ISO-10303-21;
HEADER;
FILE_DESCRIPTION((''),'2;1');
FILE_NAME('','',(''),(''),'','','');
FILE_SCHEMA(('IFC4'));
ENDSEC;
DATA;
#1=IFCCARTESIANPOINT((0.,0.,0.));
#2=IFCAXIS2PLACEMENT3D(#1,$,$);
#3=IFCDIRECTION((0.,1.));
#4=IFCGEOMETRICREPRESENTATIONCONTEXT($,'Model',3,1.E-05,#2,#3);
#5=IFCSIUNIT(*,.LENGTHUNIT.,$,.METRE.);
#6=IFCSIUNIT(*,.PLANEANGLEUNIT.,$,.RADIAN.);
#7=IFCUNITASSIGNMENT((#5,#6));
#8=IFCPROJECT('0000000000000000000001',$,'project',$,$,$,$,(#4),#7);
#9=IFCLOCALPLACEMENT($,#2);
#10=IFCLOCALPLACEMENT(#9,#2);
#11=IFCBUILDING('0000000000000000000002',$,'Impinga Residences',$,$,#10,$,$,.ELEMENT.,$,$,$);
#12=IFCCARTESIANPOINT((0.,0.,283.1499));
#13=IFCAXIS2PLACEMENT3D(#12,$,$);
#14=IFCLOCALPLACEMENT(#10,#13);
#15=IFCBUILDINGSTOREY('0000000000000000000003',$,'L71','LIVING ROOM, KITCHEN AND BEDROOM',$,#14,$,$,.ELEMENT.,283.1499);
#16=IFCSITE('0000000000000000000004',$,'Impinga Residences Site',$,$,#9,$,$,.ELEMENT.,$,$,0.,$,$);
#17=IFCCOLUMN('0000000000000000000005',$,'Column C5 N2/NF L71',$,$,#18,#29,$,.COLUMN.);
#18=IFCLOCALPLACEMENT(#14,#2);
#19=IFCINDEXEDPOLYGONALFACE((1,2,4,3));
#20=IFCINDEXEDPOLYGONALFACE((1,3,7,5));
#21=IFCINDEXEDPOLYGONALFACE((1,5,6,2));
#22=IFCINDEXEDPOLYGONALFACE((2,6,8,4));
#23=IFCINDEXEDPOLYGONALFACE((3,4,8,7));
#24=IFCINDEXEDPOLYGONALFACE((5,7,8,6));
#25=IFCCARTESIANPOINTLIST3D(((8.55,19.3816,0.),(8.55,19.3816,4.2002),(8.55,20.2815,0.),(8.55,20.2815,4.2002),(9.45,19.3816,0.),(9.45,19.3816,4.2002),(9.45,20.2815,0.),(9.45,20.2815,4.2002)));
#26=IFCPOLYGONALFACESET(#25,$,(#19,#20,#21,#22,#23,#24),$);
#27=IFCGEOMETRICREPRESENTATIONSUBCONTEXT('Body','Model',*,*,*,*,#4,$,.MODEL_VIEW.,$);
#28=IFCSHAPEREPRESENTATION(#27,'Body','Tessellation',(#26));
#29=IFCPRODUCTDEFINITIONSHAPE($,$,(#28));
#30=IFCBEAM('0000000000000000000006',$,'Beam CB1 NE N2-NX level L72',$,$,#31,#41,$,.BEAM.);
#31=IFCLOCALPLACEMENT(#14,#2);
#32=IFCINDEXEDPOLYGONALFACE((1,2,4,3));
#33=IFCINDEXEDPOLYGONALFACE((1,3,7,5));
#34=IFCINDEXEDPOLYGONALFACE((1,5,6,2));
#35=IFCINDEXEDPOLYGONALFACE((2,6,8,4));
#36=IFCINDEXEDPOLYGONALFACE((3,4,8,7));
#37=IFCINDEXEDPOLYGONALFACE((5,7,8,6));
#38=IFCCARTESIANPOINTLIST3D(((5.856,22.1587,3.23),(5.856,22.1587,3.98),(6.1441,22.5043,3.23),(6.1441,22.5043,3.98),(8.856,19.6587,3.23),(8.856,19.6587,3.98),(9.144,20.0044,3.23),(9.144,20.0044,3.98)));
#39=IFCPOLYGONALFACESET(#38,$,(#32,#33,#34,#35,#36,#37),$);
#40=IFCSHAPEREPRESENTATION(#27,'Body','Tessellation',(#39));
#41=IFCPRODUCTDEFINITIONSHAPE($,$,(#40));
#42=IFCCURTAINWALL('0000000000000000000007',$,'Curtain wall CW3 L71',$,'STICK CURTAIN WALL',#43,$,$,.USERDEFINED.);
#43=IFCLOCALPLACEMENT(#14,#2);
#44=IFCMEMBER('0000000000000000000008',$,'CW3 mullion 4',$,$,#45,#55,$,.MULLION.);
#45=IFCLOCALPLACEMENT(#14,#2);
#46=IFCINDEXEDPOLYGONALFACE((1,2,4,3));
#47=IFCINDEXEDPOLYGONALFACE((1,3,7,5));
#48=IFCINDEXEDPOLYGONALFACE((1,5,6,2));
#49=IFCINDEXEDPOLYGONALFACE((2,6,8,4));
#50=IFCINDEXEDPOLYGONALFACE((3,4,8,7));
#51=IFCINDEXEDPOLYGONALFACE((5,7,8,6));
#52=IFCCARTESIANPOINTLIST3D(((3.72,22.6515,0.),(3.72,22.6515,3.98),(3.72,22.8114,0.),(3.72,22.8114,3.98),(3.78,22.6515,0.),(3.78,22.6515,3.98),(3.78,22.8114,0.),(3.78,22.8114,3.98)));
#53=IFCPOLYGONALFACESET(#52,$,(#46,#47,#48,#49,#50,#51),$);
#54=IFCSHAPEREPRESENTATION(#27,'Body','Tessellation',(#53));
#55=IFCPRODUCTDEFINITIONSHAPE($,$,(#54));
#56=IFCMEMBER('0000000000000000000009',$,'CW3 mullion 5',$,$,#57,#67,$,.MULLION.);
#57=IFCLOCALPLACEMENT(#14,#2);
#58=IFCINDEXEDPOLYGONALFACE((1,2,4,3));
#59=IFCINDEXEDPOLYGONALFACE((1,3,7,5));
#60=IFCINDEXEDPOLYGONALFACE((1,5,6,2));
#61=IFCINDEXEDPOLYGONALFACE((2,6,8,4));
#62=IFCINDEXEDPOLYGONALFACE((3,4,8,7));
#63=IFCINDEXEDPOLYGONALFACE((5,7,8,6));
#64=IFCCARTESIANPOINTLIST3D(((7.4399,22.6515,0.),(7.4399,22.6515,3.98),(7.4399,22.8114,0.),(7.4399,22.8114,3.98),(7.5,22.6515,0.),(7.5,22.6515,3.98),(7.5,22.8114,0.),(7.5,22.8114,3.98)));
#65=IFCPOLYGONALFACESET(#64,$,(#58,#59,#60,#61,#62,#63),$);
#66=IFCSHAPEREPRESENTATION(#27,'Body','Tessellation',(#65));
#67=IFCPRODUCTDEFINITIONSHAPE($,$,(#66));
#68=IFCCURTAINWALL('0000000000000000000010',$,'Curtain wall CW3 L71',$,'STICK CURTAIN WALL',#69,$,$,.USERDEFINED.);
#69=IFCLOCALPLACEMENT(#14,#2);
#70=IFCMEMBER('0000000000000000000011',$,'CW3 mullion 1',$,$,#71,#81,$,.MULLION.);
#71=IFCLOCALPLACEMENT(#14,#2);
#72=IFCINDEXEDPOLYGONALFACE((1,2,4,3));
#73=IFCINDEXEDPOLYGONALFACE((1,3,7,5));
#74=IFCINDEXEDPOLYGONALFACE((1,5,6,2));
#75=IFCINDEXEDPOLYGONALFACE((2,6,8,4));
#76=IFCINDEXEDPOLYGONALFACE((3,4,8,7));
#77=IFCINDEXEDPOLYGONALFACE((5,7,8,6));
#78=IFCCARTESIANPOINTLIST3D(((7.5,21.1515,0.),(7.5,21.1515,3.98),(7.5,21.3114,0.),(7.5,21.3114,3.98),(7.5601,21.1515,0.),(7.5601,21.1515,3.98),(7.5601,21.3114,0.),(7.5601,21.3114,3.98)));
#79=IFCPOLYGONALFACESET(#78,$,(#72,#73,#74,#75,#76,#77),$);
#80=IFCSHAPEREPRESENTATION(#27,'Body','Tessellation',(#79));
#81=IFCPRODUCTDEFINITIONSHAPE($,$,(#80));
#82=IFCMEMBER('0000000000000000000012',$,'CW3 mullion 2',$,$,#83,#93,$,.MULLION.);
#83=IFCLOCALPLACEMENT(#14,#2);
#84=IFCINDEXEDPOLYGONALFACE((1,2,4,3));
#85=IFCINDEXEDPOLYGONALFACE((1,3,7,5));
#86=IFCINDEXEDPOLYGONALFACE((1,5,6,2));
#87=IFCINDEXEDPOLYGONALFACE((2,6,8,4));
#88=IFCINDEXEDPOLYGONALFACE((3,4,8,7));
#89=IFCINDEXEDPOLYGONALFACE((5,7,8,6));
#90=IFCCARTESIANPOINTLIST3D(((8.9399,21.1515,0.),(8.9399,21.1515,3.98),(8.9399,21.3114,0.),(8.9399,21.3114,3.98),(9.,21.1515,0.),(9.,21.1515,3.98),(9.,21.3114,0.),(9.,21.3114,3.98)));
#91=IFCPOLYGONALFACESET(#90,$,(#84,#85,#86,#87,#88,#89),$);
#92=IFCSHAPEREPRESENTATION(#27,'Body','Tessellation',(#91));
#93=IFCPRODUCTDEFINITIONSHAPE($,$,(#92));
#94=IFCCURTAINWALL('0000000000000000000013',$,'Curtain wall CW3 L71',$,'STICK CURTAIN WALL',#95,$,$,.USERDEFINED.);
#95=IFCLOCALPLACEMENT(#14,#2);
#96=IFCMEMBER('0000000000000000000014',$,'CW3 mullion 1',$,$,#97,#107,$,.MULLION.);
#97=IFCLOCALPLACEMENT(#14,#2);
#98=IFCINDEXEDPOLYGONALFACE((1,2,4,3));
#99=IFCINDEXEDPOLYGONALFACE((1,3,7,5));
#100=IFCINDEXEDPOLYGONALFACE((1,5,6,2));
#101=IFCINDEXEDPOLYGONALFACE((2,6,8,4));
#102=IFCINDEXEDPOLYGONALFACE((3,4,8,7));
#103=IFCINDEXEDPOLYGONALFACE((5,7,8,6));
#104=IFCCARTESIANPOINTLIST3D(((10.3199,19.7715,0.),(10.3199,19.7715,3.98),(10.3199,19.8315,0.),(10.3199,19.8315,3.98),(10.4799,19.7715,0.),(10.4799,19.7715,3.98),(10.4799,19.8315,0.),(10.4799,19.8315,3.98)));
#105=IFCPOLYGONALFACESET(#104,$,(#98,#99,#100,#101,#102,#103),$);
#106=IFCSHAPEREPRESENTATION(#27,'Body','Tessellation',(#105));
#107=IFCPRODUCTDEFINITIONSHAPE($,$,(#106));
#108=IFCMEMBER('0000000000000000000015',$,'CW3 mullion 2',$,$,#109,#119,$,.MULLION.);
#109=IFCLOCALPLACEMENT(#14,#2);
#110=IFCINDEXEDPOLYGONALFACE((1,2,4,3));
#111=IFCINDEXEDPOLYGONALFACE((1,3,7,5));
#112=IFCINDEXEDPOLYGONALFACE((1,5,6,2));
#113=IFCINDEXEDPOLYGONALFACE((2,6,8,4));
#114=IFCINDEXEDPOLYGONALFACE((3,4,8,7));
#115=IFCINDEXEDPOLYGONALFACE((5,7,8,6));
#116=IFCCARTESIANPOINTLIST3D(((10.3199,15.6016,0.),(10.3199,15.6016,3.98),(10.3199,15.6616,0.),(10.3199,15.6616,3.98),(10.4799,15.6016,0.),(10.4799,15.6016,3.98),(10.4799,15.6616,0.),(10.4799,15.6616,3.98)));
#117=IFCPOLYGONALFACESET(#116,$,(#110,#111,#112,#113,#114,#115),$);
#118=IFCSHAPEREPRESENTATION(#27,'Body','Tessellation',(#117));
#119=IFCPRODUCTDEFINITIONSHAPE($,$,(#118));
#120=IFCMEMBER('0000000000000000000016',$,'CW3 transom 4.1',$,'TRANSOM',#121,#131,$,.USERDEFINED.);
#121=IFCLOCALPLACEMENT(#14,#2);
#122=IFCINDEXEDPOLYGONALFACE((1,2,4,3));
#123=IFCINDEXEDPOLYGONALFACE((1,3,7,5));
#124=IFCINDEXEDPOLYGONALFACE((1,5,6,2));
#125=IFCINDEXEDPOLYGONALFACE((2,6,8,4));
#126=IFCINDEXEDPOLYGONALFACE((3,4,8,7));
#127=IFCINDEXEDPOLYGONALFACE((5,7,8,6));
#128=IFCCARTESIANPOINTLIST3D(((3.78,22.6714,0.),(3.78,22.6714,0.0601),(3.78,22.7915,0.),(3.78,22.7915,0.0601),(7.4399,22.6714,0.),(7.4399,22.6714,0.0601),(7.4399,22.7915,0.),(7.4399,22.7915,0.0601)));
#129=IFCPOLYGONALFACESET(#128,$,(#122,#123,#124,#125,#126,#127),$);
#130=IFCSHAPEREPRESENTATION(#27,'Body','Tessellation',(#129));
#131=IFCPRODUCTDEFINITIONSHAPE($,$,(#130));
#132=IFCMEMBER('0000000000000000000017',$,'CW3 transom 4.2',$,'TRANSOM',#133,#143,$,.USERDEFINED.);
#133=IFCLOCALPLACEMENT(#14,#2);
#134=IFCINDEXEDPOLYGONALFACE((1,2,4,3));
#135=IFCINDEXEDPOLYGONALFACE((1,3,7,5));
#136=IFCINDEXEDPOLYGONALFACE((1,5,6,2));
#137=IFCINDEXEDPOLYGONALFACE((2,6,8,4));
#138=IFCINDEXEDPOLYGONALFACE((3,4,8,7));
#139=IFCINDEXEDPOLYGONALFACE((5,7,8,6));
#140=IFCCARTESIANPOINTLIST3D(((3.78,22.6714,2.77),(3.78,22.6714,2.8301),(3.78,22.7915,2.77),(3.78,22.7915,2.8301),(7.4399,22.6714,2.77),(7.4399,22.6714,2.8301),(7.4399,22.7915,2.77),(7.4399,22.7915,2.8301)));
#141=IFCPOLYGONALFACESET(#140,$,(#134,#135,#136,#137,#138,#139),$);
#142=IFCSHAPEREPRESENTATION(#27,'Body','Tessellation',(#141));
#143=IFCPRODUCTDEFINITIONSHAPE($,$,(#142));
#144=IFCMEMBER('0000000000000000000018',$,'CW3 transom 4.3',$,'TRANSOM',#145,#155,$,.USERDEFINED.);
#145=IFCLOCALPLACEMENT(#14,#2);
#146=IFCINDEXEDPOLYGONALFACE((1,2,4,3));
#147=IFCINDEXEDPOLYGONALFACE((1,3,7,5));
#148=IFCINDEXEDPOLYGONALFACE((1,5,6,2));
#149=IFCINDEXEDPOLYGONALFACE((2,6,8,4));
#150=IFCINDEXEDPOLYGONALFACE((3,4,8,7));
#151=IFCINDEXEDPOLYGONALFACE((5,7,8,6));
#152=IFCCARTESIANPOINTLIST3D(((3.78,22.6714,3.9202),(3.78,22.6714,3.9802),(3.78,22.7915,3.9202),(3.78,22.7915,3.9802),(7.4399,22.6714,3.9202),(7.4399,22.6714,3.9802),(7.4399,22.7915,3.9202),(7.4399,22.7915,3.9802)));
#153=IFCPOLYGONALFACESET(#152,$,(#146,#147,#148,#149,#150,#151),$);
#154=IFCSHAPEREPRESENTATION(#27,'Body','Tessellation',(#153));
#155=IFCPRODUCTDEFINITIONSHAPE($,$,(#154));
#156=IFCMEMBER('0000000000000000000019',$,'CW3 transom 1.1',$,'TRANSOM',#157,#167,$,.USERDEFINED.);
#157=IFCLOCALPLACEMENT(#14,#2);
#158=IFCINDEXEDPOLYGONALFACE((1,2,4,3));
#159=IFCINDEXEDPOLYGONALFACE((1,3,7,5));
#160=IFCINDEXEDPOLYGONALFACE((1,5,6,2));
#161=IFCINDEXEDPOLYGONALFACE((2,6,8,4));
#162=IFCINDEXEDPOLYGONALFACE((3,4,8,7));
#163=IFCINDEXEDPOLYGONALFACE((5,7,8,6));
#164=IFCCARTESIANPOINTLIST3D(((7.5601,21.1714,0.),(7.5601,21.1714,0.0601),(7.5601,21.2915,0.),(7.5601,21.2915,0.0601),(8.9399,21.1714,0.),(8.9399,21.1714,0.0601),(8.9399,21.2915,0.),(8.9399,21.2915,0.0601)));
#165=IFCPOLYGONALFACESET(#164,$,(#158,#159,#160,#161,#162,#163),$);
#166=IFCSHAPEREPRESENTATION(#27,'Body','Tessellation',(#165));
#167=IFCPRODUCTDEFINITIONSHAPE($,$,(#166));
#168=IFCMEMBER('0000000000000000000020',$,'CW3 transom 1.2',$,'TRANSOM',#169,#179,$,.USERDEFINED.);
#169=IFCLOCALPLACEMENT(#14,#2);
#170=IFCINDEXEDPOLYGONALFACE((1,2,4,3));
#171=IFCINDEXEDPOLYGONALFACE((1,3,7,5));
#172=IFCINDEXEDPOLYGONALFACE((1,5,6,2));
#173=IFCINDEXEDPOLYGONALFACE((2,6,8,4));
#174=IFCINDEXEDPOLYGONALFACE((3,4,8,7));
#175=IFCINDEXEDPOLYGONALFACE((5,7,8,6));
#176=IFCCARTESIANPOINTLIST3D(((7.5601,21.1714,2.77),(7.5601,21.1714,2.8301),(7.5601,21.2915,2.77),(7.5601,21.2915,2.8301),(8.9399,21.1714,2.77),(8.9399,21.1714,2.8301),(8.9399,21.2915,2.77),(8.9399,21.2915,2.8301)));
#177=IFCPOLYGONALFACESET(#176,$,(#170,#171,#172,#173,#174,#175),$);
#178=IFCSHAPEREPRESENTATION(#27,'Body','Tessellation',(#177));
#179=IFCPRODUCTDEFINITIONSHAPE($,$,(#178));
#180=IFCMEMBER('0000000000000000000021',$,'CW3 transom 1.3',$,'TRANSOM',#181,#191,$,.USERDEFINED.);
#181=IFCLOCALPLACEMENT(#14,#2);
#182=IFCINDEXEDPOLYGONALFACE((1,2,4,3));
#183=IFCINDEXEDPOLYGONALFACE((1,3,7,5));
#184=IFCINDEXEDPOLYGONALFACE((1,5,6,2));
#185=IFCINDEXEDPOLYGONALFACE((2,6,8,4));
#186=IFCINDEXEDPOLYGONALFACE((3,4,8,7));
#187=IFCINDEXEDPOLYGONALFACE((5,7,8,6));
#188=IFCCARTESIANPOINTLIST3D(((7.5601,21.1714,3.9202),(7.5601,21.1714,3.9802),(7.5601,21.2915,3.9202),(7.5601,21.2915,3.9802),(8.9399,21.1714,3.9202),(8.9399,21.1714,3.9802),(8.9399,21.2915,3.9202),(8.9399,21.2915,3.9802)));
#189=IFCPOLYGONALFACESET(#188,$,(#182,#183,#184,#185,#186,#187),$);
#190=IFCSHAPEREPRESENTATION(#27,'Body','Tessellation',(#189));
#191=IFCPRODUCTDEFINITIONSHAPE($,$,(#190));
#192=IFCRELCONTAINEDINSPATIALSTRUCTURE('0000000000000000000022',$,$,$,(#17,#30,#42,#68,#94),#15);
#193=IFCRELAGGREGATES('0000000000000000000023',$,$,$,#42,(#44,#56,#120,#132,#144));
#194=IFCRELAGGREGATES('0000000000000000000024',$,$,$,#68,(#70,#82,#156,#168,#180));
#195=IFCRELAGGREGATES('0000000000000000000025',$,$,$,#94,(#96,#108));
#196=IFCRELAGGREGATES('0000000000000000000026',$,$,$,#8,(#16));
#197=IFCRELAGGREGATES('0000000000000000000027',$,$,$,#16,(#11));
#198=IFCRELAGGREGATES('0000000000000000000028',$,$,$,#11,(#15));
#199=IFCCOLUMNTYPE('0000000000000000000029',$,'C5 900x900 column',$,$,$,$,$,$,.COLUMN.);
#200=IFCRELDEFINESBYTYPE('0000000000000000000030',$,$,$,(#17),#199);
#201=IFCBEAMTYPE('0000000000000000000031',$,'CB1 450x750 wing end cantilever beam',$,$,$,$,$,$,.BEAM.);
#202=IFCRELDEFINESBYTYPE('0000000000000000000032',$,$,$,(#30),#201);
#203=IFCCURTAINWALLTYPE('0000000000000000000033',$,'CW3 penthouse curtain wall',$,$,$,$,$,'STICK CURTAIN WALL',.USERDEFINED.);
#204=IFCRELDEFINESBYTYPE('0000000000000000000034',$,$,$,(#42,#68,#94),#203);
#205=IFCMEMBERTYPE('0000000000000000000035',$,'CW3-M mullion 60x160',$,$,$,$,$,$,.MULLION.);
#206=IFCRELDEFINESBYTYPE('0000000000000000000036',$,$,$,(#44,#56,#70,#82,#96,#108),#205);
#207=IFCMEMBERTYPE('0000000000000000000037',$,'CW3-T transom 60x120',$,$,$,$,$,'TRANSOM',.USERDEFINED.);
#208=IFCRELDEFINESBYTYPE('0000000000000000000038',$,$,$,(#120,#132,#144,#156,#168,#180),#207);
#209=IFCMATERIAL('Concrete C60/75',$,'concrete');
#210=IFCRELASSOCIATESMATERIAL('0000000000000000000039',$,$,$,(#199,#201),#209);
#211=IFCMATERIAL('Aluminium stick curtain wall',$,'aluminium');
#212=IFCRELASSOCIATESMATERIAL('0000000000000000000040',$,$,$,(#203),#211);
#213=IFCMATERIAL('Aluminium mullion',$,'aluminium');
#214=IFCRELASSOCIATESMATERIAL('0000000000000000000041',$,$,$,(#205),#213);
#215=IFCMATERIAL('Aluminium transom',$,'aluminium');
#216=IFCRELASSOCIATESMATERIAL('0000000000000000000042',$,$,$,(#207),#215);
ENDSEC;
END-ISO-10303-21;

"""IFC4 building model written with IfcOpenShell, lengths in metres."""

from ifc_helpers import new_model, si_unit, direction, frame, origin, origin_2d, place, context, subcontext, project, spatial, rectangle, extrude, material, material_profile, profile_set, type_object, element, aggregate, save


model = new_model("IFC4")

# Units and contexts
model_context = context("Model", 3, precision=1e-05, world=origin(), true_north=direction((0.0, 1.0)))
body_context = subcontext(model_context, "Body", "Model", "MODEL_VIEW")
ifc_project = project(units=[si_unit("LENGTHUNIT", "METRE"), si_unit("PLANEANGLEUNIT", "RADIAN")], contexts=[model_context])

# Site, building, storey
site_placement = place(None, origin())
site = spatial("IfcSite", under=ifc_project, at=site_placement, Name="Impinga Residences Site", CompositionType="ELEMENT", RefElevation=0.0)
building_placement = place(site_placement, origin())
building = spatial("IfcBuilding", under=site, at=building_placement, Name="Impinga Residences", CompositionType="ELEMENT")
storey_placement = place(building_placement, frame((0.0, 0.0, 283.1499)))
storey = spatial("IfcBuildingStorey", under=building, at=storey_placement, Name="L71", Description="LIVING ROOM, KITCHEN AND BEDROOM", CompositionType="ELEMENT", Elevation=283.1499)

# Column
ifc_material_1 = material(Name="Concrete C60/75", Category="concrete")
ifc_material_profile_1 = material_profile(ifc_material_1, rectangle(XDim=0.8999, YDim=0.8999, at=origin_2d()), Name="RC 900x900")
ifc_profile_set_1 = profile_set([ifc_material_profile_1], Name="Concrete C60/75")
column_type = type_object("IfcColumnType", Name="C5 900x900 column", PredefinedType="COLUMN", material=ifc_profile_set_1)
column_placement = place(storey_placement, frame((9.0, 19.8315, 0.0), z_axis=(0.0, 0.0, 1.0), x_axis=(1.0, 0.0, 0.0)))
element("IfcColumn", 1, at=column_placement, inside=storey, type_object=column_type, Name="Column C5 N2/NF L71", PredefinedType="COLUMN", context=body_context, shape_type="SweptSolid", body=[
    extrude(rectangle(XDim=0.8999, YDim=0.8999, at=origin_2d()), origin(), (0.0, 0.0, 1.0), 4.2002),
])

# Beam
ifc_material_profile_2 = material_profile(ifc_material_1, rectangle(XDim=0.45, YDim=0.75, at=origin_2d()), Name="RC 450x750")
ifc_profile_set_2 = profile_set([ifc_material_profile_2], Name="Concrete C60/75")
beam_type = type_object("IfcBeamType", Name="CB1 450x750 wing end cantilever beam", PredefinedType="BEAM", material=ifc_profile_set_2)
beam_placement = place(storey_placement, frame((9.0, 19.8315, 3.605), z_axis=(-0.768221, 0.640184, 0.0), x_axis=(-0.640184, -0.768221, 0.0)))
element("IfcBeam", 2, at=beam_placement, inside=storey, type_object=beam_type, Name="Beam CB1 NE N2-NX level L72", PredefinedType="BEAM", context=body_context, shape_type="SweptSolid", body=[
    extrude(rectangle(XDim=0.45, YDim=0.75, at=origin_2d()), origin(), (0.0, 0.0, 1.0), 3.905),
])

# Curtain walls, members
ifc_material_2 = material(Name="Aluminium stick curtain wall", Category="aluminium")
curtain_wall_type = type_object("IfcCurtainWallType", Name="CW3 penthouse curtain wall", ElementType="STICK CURTAIN WALL", PredefinedType="USERDEFINED", material=ifc_material_2)
curtain_wall_1_placement = place(storey_placement, origin())
curtain_wall_1 = element("IfcCurtainWall", 3, at=curtain_wall_1_placement, inside=storey, type_object=curtain_wall_type, Name="Curtain wall CW3 L71", ObjectType="STICK CURTAIN WALL", PredefinedType="USERDEFINED")
ifc_material_3 = material(Name="Aluminium mullion", Category="aluminium")
ifc_material_profile_3 = material_profile(ifc_material_3, rectangle(XDim=0.0601, YDim=0.1599, at=origin_2d()), Name="60x160 mullion")
ifc_profile_set_3 = profile_set([ifc_material_profile_3], Name="Aluminium mullion")
member_type_1 = type_object("IfcMemberType", Name="CW3-M mullion 60x160", PredefinedType="MULLION", material=ifc_profile_set_3)
member_1_placement = place(storey_placement, frame((3.75, 22.7314, 0.0), z_axis=(0.0, 0.0, 1.0), x_axis=(1.0, 0.0, 0.0)))
member_1 = element("IfcMember", 4, at=member_1_placement, type_object=member_type_1, Name="CW3 mullion 4", PredefinedType="MULLION", context=body_context, shape_type="SweptSolid", body=[
    extrude(rectangle(XDim=0.0601, YDim=0.1599, at=origin_2d()), origin(), (0.0, 0.0, 1.0), 3.98),
])
member_2_placement = place(storey_placement, frame((7.47, 22.7314, 0.0), z_axis=(0.0, 0.0, 1.0), x_axis=(1.0, 0.0, 0.0)))
member_2 = element("IfcMember", 5, at=member_2_placement, type_object=member_type_1, Name="CW3 mullion 5", PredefinedType="MULLION", context=body_context, shape_type="SweptSolid", body=[
    extrude(rectangle(XDim=0.0601, YDim=0.1599, at=origin_2d()), origin(), (0.0, 0.0, 1.0), 3.98),
])
curtain_wall_2_placement = place(storey_placement, origin())
curtain_wall_2 = element("IfcCurtainWall", 6, at=curtain_wall_2_placement, inside=storey, type_object=curtain_wall_type, Name="Curtain wall CW3 L71", ObjectType="STICK CURTAIN WALL", PredefinedType="USERDEFINED")
member_3_placement = place(storey_placement, frame((7.53, 21.2314, 0.0), z_axis=(0.0, 0.0, 1.0), x_axis=(1.0, 0.0, 0.0)))
member_3 = element("IfcMember", 7, at=member_3_placement, type_object=member_type_1, Name="CW3 mullion 1", PredefinedType="MULLION", context=body_context, shape_type="SweptSolid", body=[
    extrude(rectangle(XDim=0.0601, YDim=0.1599, at=origin_2d()), origin(), (0.0, 0.0, 1.0), 3.98),
])
member_4_placement = place(storey_placement, frame((8.97, 21.2314, 0.0), z_axis=(0.0, 0.0, 1.0), x_axis=(1.0, 0.0, 0.0)))
member_4 = element("IfcMember", 8, at=member_4_placement, type_object=member_type_1, Name="CW3 mullion 2", PredefinedType="MULLION", context=body_context, shape_type="SweptSolid", body=[
    extrude(rectangle(XDim=0.0601, YDim=0.1599, at=origin_2d()), origin(), (0.0, 0.0, 1.0), 3.98),
])
curtain_wall_3_placement = place(storey_placement, origin())
curtain_wall_3 = element("IfcCurtainWall", 9, at=curtain_wall_3_placement, inside=storey, type_object=curtain_wall_type, Name="Curtain wall CW3 L71", ObjectType="STICK CURTAIN WALL", PredefinedType="USERDEFINED")
member_5_placement = place(storey_placement, frame((10.3999, 19.8015, 0.0), z_axis=(0.0, 0.0, 1.0), x_axis=(0.0, -1.0, 0.0)))
member_5 = element("IfcMember", 10, at=member_5_placement, type_object=member_type_1, Name="CW3 mullion 1", PredefinedType="MULLION", context=body_context, shape_type="SweptSolid", body=[
    extrude(rectangle(XDim=0.0601, YDim=0.1599, at=origin_2d()), origin(), (0.0, 0.0, 1.0), 3.98),
])
member_6_placement = place(storey_placement, frame((10.3999, 15.6316, 0.0), z_axis=(0.0, 0.0, 1.0), x_axis=(0.0, -1.0, 0.0)))
member_6 = element("IfcMember", 11, at=member_6_placement, type_object=member_type_1, Name="CW3 mullion 2", PredefinedType="MULLION", context=body_context, shape_type="SweptSolid", body=[
    extrude(rectangle(XDim=0.0601, YDim=0.1599, at=origin_2d()), origin(), (0.0, 0.0, 1.0), 3.98),
])

# Members
ifc_material_4 = material(Name="Aluminium transom", Category="aluminium")
ifc_material_profile_4 = material_profile(ifc_material_4, rectangle(XDim=0.0601, YDim=0.1201, at=origin_2d()), Name="60x120 transom")
ifc_profile_set_4 = profile_set([ifc_material_profile_4], Name="Aluminium transom")
member_type_2 = type_object("IfcMemberType", Name="CW3-T transom 60x120", ElementType="TRANSOM", PredefinedType="USERDEFINED", material=ifc_profile_set_4)
member_7_placement = place(storey_placement, frame((3.78, 22.7314, 0.03), z_axis=(1.0, 0.0, 0.0), x_axis=(0.0, 0.0, 1.0)))
member_7 = element("IfcMember", 12, at=member_7_placement, type_object=member_type_2, Name="CW3 transom 4.1", ObjectType="TRANSOM", PredefinedType="USERDEFINED", context=body_context, shape_type="SweptSolid", body=[
    extrude(rectangle(XDim=0.0601, YDim=0.1201, at=origin_2d()), origin(), (0.0, 0.0, 1.0), 3.6599),
])
member_8_placement = place(storey_placement, frame((3.78, 22.7314, 2.8), z_axis=(1.0, 0.0, 0.0), x_axis=(0.0, 0.0, 1.0)))
member_8 = element("IfcMember", 13, at=member_8_placement, type_object=member_type_2, Name="CW3 transom 4.2", ObjectType="TRANSOM", PredefinedType="USERDEFINED", context=body_context, shape_type="SweptSolid", body=[
    extrude(rectangle(XDim=0.0601, YDim=0.1201, at=origin_2d()), origin(), (0.0, 0.0, 1.0), 3.6599),
])
member_9_placement = place(storey_placement, frame((3.78, 22.7314, 3.9502), z_axis=(1.0, 0.0, 0.0), x_axis=(0.0, 0.0, 1.0)))
member_9 = element("IfcMember", 14, at=member_9_placement, type_object=member_type_2, Name="CW3 transom 4.3", ObjectType="TRANSOM", PredefinedType="USERDEFINED", context=body_context, shape_type="SweptSolid", body=[
    extrude(rectangle(XDim=0.0601, YDim=0.1201, at=origin_2d()), origin(), (0.0, 0.0, 1.0), 3.6599),
])
member_10_placement = place(storey_placement, frame((7.5601, 21.2314, 0.03), z_axis=(1.0, 0.0, 0.0), x_axis=(0.0, 0.0, 1.0)))
member_10 = element("IfcMember", 15, at=member_10_placement, type_object=member_type_2, Name="CW3 transom 1.1", ObjectType="TRANSOM", PredefinedType="USERDEFINED", context=body_context, shape_type="SweptSolid", body=[
    extrude(rectangle(XDim=0.0601, YDim=0.1201, at=origin_2d()), origin(), (0.0, 0.0, 1.0), 1.3799),
])
member_11_placement = place(storey_placement, frame((7.5601, 21.2314, 2.8), z_axis=(1.0, 0.0, 0.0), x_axis=(0.0, 0.0, 1.0)))
member_11 = element("IfcMember", 16, at=member_11_placement, type_object=member_type_2, Name="CW3 transom 1.2", ObjectType="TRANSOM", PredefinedType="USERDEFINED", context=body_context, shape_type="SweptSolid", body=[
    extrude(rectangle(XDim=0.0601, YDim=0.1201, at=origin_2d()), origin(), (0.0, 0.0, 1.0), 1.3799),
])
member_12_placement = place(storey_placement, frame((7.5601, 21.2314, 3.9502), z_axis=(1.0, 0.0, 0.0), x_axis=(0.0, 0.0, 1.0)))
member_12 = element("IfcMember", 17, at=member_12_placement, type_object=member_type_2, Name="CW3 transom 1.3", ObjectType="TRANSOM", PredefinedType="USERDEFINED", context=body_context, shape_type="SweptSolid", body=[
    extrude(rectangle(XDim=0.0601, YDim=0.1201, at=origin_2d()), origin(), (0.0, 0.0, 1.0), 1.3799),
])

aggregate(curtain_wall_1, [member_1, member_2, member_7, member_8, member_9])
aggregate(curtain_wall_2, [member_3, member_4, member_10, member_11, member_12])
aggregate(curtain_wall_3, [member_5, member_6])

save(model, "model.ifc")
